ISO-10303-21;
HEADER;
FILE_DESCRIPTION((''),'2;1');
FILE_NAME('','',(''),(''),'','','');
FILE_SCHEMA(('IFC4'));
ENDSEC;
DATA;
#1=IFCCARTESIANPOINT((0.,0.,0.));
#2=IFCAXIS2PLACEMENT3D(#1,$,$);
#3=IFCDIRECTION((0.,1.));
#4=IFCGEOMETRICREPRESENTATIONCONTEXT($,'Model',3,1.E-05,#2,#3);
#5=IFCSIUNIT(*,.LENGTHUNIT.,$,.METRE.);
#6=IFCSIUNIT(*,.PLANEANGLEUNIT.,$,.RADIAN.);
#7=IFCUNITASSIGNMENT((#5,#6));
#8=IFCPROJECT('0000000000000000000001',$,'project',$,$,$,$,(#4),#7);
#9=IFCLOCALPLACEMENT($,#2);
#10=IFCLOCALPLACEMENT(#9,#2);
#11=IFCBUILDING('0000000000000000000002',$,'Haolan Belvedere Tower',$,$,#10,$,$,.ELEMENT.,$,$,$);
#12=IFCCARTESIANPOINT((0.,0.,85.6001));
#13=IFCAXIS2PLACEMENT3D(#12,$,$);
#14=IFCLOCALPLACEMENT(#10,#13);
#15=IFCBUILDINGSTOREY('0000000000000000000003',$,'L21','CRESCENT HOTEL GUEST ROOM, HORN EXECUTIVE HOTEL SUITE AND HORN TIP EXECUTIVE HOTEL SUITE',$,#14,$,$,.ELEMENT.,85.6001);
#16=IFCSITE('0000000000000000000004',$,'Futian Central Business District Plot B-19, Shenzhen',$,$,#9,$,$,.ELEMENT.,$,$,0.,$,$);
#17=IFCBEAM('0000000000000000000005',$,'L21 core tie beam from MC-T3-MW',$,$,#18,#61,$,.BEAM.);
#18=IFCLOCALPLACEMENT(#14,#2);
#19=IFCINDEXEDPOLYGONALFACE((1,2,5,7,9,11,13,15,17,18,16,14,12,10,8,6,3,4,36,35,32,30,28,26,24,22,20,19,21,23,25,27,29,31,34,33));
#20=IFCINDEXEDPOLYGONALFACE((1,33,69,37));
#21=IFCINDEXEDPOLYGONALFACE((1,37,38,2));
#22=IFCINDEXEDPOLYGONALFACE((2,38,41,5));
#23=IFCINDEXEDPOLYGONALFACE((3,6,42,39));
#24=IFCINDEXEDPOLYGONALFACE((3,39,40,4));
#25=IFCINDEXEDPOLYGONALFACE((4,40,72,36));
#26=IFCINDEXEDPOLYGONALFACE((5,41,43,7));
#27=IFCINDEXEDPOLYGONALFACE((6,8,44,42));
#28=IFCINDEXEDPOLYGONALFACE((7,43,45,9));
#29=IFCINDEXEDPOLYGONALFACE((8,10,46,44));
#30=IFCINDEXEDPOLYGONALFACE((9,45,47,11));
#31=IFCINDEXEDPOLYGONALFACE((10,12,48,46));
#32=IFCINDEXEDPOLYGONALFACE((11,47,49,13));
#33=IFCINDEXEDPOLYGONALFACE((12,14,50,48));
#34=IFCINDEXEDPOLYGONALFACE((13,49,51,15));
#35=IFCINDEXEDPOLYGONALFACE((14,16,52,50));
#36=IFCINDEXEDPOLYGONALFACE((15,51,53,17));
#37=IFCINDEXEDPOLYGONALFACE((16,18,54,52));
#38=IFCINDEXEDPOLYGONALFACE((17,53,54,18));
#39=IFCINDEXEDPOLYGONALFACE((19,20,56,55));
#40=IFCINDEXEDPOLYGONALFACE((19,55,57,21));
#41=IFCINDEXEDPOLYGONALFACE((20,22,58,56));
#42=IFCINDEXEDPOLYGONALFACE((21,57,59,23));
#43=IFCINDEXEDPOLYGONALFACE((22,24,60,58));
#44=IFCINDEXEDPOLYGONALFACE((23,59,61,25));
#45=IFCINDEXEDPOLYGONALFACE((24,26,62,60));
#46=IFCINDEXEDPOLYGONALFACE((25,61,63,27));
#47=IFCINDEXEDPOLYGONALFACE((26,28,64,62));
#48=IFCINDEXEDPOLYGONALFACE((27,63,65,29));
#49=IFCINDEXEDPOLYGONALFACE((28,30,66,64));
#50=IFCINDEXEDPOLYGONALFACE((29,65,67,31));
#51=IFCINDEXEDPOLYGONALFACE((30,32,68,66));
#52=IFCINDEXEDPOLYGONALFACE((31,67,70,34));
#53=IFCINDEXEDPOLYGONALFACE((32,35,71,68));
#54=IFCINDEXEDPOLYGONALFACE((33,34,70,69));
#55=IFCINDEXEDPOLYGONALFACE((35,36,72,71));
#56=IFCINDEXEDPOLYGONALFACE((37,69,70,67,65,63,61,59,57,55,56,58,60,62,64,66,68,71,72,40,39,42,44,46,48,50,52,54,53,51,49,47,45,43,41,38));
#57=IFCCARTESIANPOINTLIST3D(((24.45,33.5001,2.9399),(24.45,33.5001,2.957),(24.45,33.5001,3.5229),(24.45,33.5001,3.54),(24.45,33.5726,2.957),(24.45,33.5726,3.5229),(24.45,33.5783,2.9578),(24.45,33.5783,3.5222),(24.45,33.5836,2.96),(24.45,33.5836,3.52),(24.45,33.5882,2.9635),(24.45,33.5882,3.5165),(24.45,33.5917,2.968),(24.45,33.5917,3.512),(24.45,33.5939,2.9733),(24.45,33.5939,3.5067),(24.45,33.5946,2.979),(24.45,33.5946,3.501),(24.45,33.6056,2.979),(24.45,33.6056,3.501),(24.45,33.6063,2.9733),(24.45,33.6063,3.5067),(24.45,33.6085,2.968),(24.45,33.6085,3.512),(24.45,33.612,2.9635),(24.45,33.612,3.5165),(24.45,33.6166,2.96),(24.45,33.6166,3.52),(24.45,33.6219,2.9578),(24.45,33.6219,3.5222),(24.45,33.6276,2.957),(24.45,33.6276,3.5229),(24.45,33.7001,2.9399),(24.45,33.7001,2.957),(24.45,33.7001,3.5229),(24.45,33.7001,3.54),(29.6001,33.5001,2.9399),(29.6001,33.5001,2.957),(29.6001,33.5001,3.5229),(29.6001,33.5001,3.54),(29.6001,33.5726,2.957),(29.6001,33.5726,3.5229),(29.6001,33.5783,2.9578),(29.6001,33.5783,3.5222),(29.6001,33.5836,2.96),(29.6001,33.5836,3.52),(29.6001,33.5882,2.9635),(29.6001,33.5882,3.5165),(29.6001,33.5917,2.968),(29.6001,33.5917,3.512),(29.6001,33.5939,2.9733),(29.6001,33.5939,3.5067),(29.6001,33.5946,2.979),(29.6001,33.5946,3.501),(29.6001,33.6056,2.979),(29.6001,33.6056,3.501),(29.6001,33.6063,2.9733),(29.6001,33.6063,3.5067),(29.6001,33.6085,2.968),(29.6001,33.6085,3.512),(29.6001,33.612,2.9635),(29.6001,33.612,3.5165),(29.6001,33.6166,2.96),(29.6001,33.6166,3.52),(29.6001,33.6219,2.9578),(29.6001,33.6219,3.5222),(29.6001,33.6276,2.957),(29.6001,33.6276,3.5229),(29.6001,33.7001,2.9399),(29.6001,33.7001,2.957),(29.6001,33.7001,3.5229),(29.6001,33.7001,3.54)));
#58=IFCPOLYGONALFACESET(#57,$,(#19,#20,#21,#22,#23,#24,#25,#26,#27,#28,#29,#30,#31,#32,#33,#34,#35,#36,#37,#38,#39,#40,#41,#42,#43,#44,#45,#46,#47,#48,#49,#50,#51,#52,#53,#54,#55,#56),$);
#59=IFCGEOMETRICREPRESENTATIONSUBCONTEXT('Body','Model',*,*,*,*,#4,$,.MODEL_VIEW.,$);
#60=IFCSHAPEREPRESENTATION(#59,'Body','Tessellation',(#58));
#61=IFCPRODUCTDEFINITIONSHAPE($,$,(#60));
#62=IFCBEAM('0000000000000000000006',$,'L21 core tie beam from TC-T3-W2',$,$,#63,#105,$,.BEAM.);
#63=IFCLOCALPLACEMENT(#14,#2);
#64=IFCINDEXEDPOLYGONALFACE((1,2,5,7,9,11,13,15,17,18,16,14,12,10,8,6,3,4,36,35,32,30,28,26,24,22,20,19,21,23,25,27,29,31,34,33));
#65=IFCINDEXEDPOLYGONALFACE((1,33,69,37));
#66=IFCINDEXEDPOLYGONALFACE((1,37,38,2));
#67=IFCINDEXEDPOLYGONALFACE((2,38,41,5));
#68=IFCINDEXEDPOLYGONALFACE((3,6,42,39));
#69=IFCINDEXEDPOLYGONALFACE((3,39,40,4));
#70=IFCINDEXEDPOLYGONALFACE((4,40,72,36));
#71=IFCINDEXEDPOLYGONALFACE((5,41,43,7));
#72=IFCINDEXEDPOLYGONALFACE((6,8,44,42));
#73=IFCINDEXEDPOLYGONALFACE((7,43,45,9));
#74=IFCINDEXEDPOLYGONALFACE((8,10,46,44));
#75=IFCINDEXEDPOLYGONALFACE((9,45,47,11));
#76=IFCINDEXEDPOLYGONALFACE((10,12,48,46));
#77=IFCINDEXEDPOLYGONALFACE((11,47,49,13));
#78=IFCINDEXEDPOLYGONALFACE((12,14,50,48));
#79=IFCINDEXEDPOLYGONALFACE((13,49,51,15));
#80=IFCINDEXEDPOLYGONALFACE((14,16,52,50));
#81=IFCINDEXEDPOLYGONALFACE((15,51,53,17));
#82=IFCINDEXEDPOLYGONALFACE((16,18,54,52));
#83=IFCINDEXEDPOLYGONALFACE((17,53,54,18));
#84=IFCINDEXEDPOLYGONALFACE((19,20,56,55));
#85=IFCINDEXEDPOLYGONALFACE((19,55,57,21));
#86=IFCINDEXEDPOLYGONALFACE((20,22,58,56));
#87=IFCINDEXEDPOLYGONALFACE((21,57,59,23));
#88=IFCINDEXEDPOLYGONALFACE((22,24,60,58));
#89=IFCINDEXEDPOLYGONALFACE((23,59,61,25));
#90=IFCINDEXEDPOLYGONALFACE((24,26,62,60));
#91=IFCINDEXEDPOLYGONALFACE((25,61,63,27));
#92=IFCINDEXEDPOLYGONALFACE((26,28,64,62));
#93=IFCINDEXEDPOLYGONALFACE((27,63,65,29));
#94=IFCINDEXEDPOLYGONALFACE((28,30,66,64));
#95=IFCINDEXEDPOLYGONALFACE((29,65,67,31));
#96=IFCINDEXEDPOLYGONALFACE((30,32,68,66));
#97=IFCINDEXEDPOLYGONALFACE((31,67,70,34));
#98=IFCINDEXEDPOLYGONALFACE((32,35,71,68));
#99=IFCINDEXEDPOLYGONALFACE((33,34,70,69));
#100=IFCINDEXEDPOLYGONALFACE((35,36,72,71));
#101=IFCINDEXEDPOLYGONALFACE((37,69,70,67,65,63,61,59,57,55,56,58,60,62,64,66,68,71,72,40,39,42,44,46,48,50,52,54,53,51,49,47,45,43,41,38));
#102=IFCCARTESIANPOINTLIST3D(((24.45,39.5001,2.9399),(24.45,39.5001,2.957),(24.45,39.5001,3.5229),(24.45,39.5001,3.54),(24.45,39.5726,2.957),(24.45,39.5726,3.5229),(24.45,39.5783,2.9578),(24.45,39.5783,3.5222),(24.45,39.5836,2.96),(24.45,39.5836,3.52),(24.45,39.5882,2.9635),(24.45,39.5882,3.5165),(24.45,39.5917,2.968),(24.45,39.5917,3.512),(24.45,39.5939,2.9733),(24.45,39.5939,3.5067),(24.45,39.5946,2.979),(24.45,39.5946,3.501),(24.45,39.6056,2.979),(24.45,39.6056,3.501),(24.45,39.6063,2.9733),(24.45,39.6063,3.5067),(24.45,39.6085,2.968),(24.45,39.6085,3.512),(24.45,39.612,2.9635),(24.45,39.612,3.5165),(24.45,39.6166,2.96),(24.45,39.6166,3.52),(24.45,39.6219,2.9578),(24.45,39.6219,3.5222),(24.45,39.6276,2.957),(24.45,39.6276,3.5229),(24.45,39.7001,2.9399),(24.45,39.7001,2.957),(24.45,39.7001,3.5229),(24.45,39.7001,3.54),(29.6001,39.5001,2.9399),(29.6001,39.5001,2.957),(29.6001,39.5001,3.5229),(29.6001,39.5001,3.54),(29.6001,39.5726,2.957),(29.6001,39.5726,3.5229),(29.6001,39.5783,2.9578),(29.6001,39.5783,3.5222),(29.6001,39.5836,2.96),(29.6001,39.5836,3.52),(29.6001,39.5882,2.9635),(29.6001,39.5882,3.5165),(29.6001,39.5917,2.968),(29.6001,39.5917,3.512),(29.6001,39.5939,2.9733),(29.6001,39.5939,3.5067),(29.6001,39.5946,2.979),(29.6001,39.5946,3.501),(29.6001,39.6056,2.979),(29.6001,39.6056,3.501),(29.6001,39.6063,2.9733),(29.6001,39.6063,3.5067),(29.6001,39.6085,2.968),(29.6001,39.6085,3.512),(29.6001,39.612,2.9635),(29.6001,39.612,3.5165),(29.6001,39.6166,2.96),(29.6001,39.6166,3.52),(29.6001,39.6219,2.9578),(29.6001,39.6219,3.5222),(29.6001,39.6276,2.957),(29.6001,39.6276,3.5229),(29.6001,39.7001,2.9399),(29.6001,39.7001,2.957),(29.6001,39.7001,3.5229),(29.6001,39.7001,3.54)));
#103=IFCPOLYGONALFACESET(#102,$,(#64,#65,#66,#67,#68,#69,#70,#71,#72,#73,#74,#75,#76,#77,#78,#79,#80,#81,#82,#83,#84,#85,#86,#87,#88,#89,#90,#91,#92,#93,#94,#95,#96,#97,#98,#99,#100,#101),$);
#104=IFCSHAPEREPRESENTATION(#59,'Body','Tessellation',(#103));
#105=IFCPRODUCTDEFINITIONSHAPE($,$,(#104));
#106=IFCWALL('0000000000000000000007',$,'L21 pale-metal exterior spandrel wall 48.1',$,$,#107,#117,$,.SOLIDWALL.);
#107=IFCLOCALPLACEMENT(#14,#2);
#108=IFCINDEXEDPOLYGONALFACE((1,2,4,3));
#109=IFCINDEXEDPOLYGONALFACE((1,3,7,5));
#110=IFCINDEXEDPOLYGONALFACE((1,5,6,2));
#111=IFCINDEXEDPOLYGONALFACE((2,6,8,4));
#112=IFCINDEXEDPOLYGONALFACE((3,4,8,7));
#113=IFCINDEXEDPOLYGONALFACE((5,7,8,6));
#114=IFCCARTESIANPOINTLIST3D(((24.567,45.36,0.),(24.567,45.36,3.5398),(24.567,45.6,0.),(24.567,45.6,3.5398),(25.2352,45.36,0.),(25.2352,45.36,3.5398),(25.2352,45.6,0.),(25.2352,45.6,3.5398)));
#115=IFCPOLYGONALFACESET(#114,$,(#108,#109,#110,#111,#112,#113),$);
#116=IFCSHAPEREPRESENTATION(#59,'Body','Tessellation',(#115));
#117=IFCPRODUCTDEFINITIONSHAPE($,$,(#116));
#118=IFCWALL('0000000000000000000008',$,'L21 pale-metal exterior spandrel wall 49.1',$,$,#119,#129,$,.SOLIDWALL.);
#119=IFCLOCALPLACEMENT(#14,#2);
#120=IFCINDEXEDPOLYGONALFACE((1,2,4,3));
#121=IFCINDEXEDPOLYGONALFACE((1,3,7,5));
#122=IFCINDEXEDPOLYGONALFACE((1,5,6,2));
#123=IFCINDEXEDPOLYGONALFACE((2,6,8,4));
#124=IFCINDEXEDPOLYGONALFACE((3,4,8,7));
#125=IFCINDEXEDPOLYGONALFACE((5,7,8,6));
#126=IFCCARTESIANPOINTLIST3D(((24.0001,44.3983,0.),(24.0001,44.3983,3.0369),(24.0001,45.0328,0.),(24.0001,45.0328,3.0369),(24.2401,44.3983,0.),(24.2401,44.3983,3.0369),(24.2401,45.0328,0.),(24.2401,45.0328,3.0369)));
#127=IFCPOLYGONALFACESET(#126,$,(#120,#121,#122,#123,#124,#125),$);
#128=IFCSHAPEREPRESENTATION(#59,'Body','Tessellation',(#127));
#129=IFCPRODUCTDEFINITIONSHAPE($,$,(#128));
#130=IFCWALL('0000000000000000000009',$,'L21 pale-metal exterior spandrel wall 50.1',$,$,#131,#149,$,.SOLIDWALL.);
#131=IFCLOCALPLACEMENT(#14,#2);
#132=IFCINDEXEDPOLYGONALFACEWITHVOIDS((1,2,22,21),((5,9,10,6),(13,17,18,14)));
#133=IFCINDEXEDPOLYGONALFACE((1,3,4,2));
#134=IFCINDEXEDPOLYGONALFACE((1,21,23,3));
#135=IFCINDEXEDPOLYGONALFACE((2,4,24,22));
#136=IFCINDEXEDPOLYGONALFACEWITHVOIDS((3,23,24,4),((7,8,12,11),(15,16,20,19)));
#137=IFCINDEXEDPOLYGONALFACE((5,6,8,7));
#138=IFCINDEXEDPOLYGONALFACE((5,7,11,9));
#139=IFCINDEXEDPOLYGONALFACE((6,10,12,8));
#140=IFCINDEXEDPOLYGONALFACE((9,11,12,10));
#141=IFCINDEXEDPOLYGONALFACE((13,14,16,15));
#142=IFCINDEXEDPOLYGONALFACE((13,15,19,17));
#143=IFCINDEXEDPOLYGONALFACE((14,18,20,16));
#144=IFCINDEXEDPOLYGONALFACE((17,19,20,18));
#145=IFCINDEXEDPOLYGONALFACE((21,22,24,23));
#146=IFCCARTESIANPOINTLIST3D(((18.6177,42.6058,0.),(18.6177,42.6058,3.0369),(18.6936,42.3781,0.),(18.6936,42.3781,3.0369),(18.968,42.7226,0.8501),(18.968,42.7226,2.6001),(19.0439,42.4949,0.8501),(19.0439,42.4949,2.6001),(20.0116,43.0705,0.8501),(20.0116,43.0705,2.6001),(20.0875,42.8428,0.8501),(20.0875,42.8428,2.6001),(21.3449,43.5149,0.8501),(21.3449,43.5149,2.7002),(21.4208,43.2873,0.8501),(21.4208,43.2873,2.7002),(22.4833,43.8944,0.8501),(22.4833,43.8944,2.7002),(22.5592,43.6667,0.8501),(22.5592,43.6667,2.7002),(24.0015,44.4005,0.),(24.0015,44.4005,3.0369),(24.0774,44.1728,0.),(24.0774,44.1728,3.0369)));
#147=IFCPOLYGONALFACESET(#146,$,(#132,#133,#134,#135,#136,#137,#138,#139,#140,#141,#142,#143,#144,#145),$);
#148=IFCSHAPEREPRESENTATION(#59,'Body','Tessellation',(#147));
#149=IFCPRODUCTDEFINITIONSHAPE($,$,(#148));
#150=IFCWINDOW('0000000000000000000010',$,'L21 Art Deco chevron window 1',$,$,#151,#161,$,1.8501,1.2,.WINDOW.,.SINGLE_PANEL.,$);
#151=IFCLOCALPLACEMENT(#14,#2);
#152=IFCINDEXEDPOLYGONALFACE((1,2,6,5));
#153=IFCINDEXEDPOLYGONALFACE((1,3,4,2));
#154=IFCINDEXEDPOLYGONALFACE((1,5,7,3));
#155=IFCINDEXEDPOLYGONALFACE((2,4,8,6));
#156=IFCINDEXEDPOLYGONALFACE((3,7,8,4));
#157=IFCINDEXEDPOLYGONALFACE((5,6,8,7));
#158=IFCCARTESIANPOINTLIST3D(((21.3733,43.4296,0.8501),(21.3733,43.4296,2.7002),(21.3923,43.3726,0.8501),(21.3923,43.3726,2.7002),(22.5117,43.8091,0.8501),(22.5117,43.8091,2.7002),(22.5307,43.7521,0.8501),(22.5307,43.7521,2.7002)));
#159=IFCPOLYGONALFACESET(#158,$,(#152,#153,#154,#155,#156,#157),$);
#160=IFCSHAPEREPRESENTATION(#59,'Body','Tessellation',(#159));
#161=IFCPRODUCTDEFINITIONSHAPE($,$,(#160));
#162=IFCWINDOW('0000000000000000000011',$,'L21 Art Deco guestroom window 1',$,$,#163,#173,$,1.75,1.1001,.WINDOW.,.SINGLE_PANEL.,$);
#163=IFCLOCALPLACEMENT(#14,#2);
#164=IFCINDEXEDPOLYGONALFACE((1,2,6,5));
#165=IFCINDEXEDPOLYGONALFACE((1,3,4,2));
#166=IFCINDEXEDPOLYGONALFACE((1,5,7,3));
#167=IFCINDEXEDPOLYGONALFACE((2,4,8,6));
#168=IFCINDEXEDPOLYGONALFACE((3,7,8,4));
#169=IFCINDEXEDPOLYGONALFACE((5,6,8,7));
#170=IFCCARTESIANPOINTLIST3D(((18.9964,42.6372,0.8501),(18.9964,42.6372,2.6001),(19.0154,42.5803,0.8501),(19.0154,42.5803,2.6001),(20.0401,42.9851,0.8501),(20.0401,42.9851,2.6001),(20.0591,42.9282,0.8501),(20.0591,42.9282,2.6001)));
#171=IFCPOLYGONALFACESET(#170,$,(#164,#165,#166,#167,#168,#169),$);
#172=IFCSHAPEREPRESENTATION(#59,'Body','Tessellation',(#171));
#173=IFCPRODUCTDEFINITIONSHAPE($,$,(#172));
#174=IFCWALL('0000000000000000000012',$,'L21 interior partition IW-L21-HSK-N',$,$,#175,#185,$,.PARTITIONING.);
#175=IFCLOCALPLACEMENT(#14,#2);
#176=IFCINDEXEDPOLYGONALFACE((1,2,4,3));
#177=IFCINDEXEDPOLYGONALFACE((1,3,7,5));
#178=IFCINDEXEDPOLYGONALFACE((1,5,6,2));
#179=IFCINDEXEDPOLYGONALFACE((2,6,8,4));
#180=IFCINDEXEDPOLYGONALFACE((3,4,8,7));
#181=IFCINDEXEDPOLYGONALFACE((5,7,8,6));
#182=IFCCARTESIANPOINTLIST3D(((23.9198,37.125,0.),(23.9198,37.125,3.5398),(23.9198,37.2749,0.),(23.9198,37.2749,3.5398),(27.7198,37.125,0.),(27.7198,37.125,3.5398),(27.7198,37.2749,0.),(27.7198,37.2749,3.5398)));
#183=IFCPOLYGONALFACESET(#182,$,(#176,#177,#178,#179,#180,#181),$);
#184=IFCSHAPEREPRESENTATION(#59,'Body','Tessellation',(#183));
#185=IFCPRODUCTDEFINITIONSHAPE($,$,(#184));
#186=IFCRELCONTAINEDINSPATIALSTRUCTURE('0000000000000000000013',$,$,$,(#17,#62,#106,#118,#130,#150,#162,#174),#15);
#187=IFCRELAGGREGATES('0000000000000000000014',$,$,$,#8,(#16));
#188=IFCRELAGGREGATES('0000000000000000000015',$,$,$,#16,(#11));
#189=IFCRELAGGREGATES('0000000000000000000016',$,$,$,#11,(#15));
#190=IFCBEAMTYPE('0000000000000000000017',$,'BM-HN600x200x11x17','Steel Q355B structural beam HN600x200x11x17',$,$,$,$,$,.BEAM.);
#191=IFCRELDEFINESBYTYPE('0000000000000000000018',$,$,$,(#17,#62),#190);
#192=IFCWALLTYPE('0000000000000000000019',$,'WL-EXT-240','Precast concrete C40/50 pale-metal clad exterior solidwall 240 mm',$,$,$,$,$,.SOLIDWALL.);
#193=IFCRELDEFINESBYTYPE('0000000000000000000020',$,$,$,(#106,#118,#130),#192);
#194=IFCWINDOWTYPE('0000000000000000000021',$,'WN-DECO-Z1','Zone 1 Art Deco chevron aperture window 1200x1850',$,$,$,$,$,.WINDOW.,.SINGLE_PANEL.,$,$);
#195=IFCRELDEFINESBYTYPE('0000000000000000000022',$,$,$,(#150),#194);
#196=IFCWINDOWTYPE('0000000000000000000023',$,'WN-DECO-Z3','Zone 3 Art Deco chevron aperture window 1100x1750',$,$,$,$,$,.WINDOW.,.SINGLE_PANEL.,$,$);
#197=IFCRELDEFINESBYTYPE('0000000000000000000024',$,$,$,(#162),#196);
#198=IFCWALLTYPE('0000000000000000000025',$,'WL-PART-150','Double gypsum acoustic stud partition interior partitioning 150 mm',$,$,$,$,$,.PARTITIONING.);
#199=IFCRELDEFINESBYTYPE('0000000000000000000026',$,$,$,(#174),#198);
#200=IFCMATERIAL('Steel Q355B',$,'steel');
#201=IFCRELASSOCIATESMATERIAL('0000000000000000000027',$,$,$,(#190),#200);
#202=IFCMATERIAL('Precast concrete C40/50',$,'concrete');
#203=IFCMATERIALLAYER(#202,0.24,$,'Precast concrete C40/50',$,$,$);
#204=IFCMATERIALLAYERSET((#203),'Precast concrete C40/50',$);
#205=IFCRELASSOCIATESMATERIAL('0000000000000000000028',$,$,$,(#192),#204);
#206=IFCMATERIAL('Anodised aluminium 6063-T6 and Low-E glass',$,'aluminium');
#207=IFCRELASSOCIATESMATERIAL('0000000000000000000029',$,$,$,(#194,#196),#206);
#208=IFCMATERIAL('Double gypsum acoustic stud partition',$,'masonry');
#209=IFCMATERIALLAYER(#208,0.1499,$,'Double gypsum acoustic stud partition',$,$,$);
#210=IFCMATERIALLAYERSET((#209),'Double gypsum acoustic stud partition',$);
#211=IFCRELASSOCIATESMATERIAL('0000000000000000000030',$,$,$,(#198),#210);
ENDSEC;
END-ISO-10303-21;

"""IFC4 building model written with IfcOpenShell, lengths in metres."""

from ifc_helpers import new_model, si_unit, direction, frame, frame_2d, origin, origin_2d, place, context, subcontext, project, spatial, rectangle, i_section, extrude, material, layer, layer_set, material_profile, profile_set, type_object, element, fill, save


model = new_model("IFC4")

# Units and contexts
model_context = context("Model", 3, precision=1e-05, world=origin(), true_north=direction((0.0, 1.0)))
body_context = subcontext(model_context, "Body", "Model", "MODEL_VIEW")
ifc_project = project(units=[si_unit("LENGTHUNIT", "METRE"), si_unit("PLANEANGLEUNIT", "RADIAN")], contexts=[model_context])

# Site, building, storey
site_placement = place(None, origin())
site = spatial("IfcSite", under=ifc_project, at=site_placement, Name="Futian Central Business District Plot B-19, Shenzhen", CompositionType="ELEMENT", RefElevation=0.0)
building_placement = place(site_placement, origin())
building = spatial("IfcBuilding", under=site, at=building_placement, Name="Haolan Belvedere Tower", CompositionType="ELEMENT")
storey_placement = place(building_placement, frame((0.0, 0.0, 85.6001)))
storey = spatial("IfcBuildingStorey", under=building, at=storey_placement, Name="L21", Description="CRESCENT HOTEL GUEST ROOM, HORN EXECUTIVE HOTEL SUITE AND HORN TIP EXECUTIVE HOTEL SUITE", CompositionType="ELEMENT", Elevation=85.6001)

# Shared definitions
ifc_material_1 = material(Name="Steel Q355B", Category="steel")

# Beams
ifc_material_profile_1 = material_profile(ifc_material_1, i_section(OverallWidth=0.2, OverallDepth=0.6001, WebThickness=0.011, FlangeThickness=0.0171, FilletRadius=0.022, at=origin_2d()), Name="Steel Q355B")
ifc_profile_set_1 = profile_set([ifc_material_profile_1], Name="Steel Q355B")
beam_type_1 = type_object("IfcBeamType", Name="BM-HN600x200x11x17", Description="Steel Q355B structural beam HN600x200x11x17", PredefinedType="BEAM", material=ifc_profile_set_1)
for number, where, z_axis, x_axis, name in (
    (1, (24.45, 33.6001, 3.24), (1.0, 0.0, 0.0), (0.0, 1.0, 0.0), "L21 core tie beam from MC-T3-MW"),
    (2, (24.45, 39.6001, 3.24), (1.0, 0.0, 0.0), (0.0, 1.0, 0.0), "L21 core tie beam from TC-T3-W2"),
):
    element("IfcBeam", number, at=place(storey_placement, frame(where, z_axis=z_axis, x_axis=x_axis)), inside=storey, type_object=beam_type_1, Name=name, PredefinedType="BEAM", context=body_context, shape_type="SweptSolid", body=[
        extrude(i_section(OverallWidth=0.2, OverallDepth=0.6001, WebThickness=0.011, FlangeThickness=0.0171, FilletRadius=0.022, at=origin_2d()), origin(), (0.0, 0.0, 1.0), 5.1501),
    ])

# Walls
ifc_material_2 = material(Name="Precast concrete C40/50", Category="concrete")
ifc_layer_1 = layer(ifc_material_2, 0.24, Name="Precast concrete C40/50")
ifc_layer_set_1 = layer_set([ifc_layer_1], Name="Precast concrete C40/50")
wall_type_1 = type_object("IfcWallType", Name="WL-EXT-240", Description="Precast concrete C40/50 pale-metal clad exterior solidwall 240 mm", PredefinedType="SOLIDWALL", material=ifc_layer_set_1)
wall_1_placement = place(storey_placement, frame((25.2351, 45.48, 0.0), z_axis=(0.0, 0.0, 1.0), x_axis=(-1.0, 0.0, 0.0)))
element("IfcWall", 3, at=wall_1_placement, inside=storey, type_object=wall_type_1, Name="L21 pale-metal exterior spandrel wall 48.1", PredefinedType="SOLIDWALL", context=body_context, shape_type="SweptSolid", body=[
    extrude(rectangle(XDim=0.6682, YDim=0.24, at=frame_2d((0.334, 0.0))), origin(), (0.0, 0.0, 1.0), 3.5398),
])
wall_2_placement = place(storey_placement, frame((24.1201, 45.033, 0.0), z_axis=(0.0, 0.0, 1.0), x_axis=(0.0, -1.0, 0.0)))
element("IfcWall", 4, at=wall_2_placement, inside=storey, type_object=wall_type_1, Name="L21 pale-metal exterior spandrel wall 49.1", PredefinedType="SOLIDWALL", context=body_context, shape_type="SweptSolid", body=[
    extrude(rectangle(XDim=0.6345, YDim=0.24, at=frame_2d((0.3174, 0.0))), origin(), (0.0, 0.0, 1.0), 3.0369),
])

# Wall, openings, windows
wall_3_placement = place(storey_placement, frame((24.0393, 44.2866, 0.0), z_axis=(0.0, 0.0, 1.0), x_axis=(-0.948679, -0.316241, 0.0)))
wall_3 = element("IfcWall", 5, at=wall_3_placement, inside=storey, type_object=wall_type_1, Name="L21 pale-metal exterior spandrel wall 50.1", PredefinedType="SOLIDWALL", context=body_context, shape_type="SweptSolid", body=[
    extrude(rectangle(XDim=5.675, YDim=0.24, at=frame_2d((2.8374, 0.0))), origin(), (0.0, 0.0, 1.0), 3.0369),
])
opening_1_placement = place(wall_3_placement, frame((1.6001, 0.0, 0.8501)))
opening_1 = element("IfcOpeningElement", 6, at=opening_1_placement, cuts=wall_3, PredefinedType="OPENING", context=body_context, shape_type="SweptSolid", body=[
    extrude(rectangle(XDim=1.2, YDim=1.8501, at=frame_2d((0.6001, 0.925))), frame((0.0, 0.1299, 0.0), z_axis=(0.0, -1.0, 0.0), x_axis=(1.0, 0.0, 0.0)), (0.0, 0.0, 1.0), 0.26),
])
opening_2_placement = place(wall_3_placement, frame((4.2056, 0.0, 0.8501)))
opening_2 = element("IfcOpeningElement", 7, at=opening_2_placement, cuts=wall_3, PredefinedType="OPENING", context=body_context, shape_type="SweptSolid", body=[
    extrude(rectangle(XDim=1.1001, YDim=1.75, at=frame_2d((0.55, 0.875))), frame((0.0, 0.1299, 0.0), z_axis=(0.0, -1.0, 0.0), x_axis=(1.0, 0.0, 0.0)), (0.0, 0.0, 1.0), 0.26),
])
ifc_material_3 = material(Name="Anodised aluminium 6063-T6 and Low-E glass", Category="aluminium")
window_type_1 = type_object("IfcWindowType", Name="WN-DECO-Z1", Description="Zone 1 Art Deco chevron aperture window 1200x1850", PartitioningType="SINGLE_PANEL", PredefinedType="WINDOW", material=ifc_material_3)
window_1_placement = place(opening_1_placement, origin())
window_1 = element("IfcWindow", 8, at=window_1_placement, inside=storey, type_object=window_type_1, Name="L21 Art Deco chevron window 1", OverallHeight=1.8501, OverallWidth=1.2, PartitioningType="SINGLE_PANEL", PredefinedType="WINDOW", context=body_context, shape_type="SweptSolid", body=[
    extrude(rectangle(XDim=1.2, YDim=1.8501, at=frame_2d((0.6001, 0.925))), frame((0.0, 0.03, 0.0), z_axis=(0.0, -1.0, 0.0), x_axis=(1.0, 0.0, 0.0)), (0.0, 0.0, 1.0), 0.0601),
])
fill(opening_1, window_1)
window_type_2 = type_object("IfcWindowType", Name="WN-DECO-Z3", Description="Zone 3 Art Deco chevron aperture window 1100x1750", PartitioningType="SINGLE_PANEL", PredefinedType="WINDOW", material=ifc_material_3)
window_2_placement = place(opening_2_placement, origin())
window_2 = element("IfcWindow", 9, at=window_2_placement, inside=storey, type_object=window_type_2, Name="L21 Art Deco guestroom window 1", OverallHeight=1.75, OverallWidth=1.1001, PartitioningType="SINGLE_PANEL", PredefinedType="WINDOW", context=body_context, shape_type="SweptSolid", body=[
    extrude(rectangle(XDim=1.1001, YDim=1.75, at=frame_2d((0.55, 0.875))), frame((0.0, 0.03, 0.0), z_axis=(0.0, -1.0, 0.0), x_axis=(1.0, 0.0, 0.0)), (0.0, 0.0, 1.0), 0.0601),
])
fill(opening_2, window_2)

# Wall
ifc_material_4 = material(Name="Double gypsum acoustic stud partition", Category="masonry")
ifc_layer_2 = layer(ifc_material_4, 0.1499, Name="Double gypsum acoustic stud partition")
ifc_layer_set_2 = layer_set([ifc_layer_2], Name="Double gypsum acoustic stud partition")
wall_type_2 = type_object("IfcWallType", Name="WL-PART-150", Description="Double gypsum acoustic stud partition interior partitioning 150 mm", PredefinedType="PARTITIONING", material=ifc_layer_set_2)
for number, where, z_axis, x_axis, name in (
    (10, (23.9199, 37.2, 0.0), (0.0, 0.0, 1.0), (1.0, 0.0, 0.0), "L21 interior partition IW-L21-HSK-N"),
):
    element("IfcWall", number, at=place(storey_placement, frame(where, z_axis=z_axis, x_axis=x_axis)), inside=storey, type_object=wall_type_2, Name=name, PredefinedType="PARTITIONING", context=body_context, shape_type="SweptSolid", body=[
        extrude(rectangle(XDim=3.8, YDim=0.1499, at=frame_2d((1.8999, 0.0))), origin(), (0.0, 0.0, 1.0), 3.5398),
    ])

save(model, "model.ifc")
